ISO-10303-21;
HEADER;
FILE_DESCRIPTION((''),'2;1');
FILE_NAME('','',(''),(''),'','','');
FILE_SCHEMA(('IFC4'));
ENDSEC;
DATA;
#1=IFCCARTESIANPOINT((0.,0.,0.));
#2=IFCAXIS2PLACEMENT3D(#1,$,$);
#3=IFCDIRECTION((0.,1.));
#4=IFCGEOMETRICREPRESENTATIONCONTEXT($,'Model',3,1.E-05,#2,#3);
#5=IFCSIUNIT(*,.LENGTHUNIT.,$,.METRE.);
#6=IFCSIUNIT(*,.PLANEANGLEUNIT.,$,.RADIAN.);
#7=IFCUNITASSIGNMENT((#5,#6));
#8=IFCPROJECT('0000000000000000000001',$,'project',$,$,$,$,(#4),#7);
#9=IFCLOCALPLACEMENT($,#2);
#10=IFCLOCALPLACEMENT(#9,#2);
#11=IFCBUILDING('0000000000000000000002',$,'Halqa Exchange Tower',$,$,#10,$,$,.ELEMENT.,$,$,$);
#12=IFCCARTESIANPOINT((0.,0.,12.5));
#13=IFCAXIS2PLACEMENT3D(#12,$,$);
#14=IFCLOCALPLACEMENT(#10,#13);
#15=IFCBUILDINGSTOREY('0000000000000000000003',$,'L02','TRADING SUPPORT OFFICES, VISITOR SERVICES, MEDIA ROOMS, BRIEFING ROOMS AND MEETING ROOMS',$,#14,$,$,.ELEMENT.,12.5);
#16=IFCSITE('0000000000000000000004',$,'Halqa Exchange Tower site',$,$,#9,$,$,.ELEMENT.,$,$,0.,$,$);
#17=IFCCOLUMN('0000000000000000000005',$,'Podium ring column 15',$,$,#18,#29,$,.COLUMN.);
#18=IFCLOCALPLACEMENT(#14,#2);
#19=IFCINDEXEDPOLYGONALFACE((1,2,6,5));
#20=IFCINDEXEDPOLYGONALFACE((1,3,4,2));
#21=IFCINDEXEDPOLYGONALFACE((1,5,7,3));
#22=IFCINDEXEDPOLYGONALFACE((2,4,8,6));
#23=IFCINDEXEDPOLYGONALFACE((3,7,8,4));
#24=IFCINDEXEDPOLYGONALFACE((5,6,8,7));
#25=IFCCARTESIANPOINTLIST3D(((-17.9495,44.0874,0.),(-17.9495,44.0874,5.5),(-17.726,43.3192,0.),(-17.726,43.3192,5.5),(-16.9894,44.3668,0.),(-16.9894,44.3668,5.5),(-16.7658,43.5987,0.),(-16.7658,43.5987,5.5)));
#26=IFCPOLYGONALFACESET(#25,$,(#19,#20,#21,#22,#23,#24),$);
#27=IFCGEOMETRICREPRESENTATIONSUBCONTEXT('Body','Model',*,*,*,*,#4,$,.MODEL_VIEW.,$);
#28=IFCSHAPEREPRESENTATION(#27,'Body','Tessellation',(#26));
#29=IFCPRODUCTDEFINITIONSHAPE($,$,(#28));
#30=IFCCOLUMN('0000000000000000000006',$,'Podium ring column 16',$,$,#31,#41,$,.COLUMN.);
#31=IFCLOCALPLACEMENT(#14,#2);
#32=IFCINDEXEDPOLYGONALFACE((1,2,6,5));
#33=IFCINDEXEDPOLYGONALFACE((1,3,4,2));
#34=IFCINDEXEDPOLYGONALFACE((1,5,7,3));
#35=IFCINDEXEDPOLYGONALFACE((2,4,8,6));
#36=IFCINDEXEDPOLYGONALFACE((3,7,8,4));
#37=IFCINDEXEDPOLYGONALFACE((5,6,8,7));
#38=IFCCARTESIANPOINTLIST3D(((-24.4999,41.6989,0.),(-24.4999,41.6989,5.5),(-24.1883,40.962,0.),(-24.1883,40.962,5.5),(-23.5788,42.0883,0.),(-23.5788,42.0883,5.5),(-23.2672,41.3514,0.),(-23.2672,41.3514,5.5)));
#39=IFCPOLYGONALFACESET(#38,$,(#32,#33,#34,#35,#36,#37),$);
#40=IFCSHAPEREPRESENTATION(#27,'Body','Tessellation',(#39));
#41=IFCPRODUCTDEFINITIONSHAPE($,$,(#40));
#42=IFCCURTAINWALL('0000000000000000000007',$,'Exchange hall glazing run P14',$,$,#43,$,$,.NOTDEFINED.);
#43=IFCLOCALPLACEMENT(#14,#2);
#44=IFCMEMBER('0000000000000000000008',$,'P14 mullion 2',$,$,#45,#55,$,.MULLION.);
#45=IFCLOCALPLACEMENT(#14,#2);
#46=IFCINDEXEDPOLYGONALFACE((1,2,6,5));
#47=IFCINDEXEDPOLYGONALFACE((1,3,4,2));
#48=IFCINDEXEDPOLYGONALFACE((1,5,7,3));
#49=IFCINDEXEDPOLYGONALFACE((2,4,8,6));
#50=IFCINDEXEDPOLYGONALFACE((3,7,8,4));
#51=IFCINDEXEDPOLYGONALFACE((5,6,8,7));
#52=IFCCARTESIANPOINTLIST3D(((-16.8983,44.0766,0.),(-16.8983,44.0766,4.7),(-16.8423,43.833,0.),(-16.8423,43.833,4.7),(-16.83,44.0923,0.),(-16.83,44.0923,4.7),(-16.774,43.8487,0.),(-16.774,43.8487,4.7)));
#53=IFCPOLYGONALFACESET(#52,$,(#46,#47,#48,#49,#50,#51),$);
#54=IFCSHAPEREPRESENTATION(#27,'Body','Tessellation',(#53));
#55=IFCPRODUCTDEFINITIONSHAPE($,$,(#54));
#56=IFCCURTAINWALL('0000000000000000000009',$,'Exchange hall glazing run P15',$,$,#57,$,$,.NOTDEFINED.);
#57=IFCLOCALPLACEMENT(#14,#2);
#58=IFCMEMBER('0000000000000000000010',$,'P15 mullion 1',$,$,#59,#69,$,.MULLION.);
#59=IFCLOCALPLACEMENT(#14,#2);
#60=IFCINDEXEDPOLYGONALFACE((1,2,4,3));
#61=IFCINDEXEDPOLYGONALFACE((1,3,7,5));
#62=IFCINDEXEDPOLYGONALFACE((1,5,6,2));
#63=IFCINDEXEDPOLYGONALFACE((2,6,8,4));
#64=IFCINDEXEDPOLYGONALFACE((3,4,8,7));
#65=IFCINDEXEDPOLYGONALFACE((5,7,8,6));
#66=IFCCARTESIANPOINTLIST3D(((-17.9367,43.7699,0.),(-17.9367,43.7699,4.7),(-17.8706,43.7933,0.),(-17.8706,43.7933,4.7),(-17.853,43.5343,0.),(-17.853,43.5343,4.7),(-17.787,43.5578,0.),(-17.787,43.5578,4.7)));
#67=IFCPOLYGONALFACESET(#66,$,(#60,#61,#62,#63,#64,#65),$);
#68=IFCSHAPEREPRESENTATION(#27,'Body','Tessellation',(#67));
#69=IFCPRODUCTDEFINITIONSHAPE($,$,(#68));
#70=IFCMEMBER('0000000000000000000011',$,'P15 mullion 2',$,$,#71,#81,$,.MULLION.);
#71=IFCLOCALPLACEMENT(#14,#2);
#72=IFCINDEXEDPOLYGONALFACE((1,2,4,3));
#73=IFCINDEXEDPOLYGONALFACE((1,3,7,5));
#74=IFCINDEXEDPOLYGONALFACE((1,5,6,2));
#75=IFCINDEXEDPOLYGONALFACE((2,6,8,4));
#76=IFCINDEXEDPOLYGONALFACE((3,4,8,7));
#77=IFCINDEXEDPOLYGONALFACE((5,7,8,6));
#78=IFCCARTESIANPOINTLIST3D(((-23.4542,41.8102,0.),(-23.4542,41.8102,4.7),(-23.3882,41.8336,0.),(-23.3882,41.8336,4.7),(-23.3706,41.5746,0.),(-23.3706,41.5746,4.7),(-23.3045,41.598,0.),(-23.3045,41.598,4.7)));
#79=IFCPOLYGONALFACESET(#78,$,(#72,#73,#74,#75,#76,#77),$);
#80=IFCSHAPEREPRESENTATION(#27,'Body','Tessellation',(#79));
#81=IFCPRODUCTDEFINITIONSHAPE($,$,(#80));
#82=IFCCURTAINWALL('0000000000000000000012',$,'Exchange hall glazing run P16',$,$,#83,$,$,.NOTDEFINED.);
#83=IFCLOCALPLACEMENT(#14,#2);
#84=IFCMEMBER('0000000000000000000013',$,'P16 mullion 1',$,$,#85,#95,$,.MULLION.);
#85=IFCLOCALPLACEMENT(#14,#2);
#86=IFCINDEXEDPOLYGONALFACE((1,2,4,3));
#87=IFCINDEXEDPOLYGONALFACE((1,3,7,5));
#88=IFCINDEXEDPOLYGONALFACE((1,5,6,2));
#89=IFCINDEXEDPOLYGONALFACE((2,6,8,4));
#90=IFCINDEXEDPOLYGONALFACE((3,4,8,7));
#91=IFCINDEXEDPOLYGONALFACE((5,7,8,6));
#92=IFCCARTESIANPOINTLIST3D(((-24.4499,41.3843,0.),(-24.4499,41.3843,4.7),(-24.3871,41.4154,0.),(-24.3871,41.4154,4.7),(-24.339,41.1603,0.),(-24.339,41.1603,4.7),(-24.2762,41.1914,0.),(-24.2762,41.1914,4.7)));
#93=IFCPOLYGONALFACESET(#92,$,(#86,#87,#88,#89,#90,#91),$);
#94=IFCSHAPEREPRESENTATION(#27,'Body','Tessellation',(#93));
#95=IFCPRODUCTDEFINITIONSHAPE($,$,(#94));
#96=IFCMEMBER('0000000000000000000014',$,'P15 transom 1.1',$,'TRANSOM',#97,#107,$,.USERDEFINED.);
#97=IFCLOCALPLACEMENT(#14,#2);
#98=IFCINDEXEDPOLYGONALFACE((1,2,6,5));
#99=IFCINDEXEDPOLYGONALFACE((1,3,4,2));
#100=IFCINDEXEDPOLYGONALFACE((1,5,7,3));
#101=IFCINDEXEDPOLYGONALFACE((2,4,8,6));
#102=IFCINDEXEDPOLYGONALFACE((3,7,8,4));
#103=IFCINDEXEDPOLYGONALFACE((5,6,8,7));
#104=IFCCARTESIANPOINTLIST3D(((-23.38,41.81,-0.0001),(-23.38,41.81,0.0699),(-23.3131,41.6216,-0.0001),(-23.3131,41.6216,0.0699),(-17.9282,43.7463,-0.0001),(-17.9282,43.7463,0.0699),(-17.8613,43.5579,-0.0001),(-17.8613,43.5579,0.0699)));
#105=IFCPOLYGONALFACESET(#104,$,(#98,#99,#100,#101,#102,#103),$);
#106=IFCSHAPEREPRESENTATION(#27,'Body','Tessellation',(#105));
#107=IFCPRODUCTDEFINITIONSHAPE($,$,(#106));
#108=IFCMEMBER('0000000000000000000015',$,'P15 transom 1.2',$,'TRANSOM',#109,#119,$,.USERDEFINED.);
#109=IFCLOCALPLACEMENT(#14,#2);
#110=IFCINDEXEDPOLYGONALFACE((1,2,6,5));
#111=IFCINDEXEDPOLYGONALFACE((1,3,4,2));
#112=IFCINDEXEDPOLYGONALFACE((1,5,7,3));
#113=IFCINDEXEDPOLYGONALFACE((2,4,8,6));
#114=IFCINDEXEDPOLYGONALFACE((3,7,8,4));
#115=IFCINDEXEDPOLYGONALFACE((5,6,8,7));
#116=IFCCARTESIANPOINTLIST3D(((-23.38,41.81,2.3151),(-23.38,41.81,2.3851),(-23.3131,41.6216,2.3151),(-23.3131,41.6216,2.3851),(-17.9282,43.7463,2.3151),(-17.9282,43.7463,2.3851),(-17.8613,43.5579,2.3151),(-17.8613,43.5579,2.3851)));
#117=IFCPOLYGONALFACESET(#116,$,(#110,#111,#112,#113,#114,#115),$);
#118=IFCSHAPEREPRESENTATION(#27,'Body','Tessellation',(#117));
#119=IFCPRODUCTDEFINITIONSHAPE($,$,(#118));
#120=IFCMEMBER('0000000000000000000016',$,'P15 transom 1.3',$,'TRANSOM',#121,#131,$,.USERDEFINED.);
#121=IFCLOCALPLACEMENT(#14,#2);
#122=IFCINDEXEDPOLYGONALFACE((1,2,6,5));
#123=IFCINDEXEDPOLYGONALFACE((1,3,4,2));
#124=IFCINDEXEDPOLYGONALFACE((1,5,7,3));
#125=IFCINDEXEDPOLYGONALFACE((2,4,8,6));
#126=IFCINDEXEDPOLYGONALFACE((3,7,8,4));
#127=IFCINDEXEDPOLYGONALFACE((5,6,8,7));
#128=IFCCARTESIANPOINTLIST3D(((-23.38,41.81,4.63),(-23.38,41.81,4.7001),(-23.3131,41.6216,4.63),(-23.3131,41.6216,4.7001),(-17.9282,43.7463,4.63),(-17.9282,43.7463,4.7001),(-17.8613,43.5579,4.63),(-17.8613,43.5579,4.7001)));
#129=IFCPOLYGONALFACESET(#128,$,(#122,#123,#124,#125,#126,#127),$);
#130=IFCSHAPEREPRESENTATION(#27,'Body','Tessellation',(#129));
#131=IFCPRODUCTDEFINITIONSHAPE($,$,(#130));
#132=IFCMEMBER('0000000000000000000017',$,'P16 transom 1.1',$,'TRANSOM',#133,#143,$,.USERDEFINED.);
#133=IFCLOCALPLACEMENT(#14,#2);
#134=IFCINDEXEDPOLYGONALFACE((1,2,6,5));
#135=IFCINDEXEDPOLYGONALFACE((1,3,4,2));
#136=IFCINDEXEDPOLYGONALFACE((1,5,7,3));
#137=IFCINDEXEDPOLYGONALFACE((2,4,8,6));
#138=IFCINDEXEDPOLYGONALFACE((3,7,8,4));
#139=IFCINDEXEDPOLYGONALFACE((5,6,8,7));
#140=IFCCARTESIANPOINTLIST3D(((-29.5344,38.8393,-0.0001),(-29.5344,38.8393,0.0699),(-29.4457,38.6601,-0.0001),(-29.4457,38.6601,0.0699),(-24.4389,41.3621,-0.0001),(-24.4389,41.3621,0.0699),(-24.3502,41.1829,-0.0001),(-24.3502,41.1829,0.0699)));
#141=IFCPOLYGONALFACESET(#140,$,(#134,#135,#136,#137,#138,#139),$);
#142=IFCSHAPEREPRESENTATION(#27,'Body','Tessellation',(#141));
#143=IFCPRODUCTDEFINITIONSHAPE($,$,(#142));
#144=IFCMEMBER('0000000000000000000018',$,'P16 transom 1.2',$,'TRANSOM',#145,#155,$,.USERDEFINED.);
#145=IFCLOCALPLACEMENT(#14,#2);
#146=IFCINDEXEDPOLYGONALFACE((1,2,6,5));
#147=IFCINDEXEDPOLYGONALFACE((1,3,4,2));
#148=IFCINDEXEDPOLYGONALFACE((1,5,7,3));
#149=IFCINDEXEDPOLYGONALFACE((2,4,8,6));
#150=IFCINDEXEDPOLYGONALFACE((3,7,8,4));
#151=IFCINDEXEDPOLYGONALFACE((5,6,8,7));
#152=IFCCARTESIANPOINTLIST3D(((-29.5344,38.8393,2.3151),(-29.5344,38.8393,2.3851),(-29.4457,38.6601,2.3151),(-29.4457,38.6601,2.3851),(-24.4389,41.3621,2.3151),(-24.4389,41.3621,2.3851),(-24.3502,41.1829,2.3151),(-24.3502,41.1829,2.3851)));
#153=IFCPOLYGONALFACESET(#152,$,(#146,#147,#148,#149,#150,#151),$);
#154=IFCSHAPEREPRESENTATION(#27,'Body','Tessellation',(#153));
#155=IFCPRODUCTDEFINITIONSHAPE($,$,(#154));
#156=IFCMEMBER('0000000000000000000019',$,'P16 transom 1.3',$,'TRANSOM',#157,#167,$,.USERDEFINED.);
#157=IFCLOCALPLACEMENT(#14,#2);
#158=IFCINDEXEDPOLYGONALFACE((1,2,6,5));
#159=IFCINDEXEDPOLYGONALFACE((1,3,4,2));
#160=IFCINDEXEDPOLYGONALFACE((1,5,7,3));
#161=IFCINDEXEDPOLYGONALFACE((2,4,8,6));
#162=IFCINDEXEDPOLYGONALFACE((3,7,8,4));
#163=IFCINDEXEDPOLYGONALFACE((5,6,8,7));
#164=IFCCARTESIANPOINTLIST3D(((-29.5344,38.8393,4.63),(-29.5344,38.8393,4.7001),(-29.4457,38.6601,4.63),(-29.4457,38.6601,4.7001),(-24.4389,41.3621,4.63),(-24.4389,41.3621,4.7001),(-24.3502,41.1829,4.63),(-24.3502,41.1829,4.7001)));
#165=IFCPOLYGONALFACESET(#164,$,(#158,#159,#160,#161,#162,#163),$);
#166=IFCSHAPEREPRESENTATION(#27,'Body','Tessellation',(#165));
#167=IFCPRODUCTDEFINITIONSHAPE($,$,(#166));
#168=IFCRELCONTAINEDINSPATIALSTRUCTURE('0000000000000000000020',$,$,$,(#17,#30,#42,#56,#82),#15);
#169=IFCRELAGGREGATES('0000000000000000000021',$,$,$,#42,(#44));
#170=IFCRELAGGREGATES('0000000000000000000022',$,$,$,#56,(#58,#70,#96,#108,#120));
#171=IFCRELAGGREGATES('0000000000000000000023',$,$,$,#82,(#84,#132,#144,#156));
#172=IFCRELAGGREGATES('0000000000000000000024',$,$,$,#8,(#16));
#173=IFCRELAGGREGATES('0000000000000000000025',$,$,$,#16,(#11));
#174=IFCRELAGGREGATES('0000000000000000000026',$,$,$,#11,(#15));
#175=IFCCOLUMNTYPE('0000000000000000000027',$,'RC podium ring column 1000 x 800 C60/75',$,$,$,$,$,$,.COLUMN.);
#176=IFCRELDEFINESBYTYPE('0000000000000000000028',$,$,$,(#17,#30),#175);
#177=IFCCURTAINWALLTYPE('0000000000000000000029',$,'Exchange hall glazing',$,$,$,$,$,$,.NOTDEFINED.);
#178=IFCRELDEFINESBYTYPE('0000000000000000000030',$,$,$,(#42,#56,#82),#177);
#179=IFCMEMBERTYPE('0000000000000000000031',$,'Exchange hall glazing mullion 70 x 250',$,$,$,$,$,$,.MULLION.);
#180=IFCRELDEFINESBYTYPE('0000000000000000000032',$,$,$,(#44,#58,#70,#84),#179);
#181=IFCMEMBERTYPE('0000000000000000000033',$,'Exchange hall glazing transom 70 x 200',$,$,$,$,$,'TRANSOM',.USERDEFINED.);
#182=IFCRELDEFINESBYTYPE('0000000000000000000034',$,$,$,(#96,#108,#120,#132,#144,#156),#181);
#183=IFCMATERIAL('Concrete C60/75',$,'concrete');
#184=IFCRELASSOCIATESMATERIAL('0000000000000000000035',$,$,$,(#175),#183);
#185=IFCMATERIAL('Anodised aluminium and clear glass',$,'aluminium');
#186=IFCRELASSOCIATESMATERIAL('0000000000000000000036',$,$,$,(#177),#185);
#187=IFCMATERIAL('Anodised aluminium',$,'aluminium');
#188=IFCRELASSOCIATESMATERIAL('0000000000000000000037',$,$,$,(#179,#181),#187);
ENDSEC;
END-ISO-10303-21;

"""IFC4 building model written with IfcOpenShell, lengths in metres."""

from ifc_helpers import new_model, si_unit, direction, frame, origin, origin_2d, place, context, subcontext, project, spatial, rectangle, extrude, material, material_profile, profile_set, type_object, element, aggregate, save


model = new_model("IFC4")

# Units and contexts
model_context = context("Model", 3, precision=1e-05, world=origin(), true_north=direction((0.0, 1.0)))
body_context = subcontext(model_context, "Body", "Model", "MODEL_VIEW")
ifc_project = project(units=[si_unit("LENGTHUNIT", "METRE"), si_unit("PLANEANGLEUNIT", "RADIAN")], contexts=[model_context])

# Site, building, storey
site_placement = place(None, origin())
site = spatial("IfcSite", under=ifc_project, at=site_placement, Name="Halqa Exchange Tower site", CompositionType="ELEMENT", RefElevation=0.0)
building_placement = place(site_placement, origin())
building = spatial("IfcBuilding", under=site, at=building_placement, Name="Halqa Exchange Tower", CompositionType="ELEMENT")
storey_placement = place(building_placement, frame((0.0, 0.0, 12.5)))
storey = spatial("IfcBuildingStorey", under=building, at=storey_placement, Name="L02", Description="TRADING SUPPORT OFFICES, VISITOR SERVICES, MEDIA ROOMS, BRIEFING ROOMS AND MEETING ROOMS", CompositionType="ELEMENT", Elevation=12.5)

# Columns
ifc_material_1 = material(Name="Concrete C60/75", Category="concrete")
ifc_material_profile_1 = material_profile(ifc_material_1, rectangle(XDim=1.0, YDim=0.8, at=origin_2d()), Name="1000 x 800")
ifc_profile_set_1 = profile_set([ifc_material_profile_1], Name="Concrete C60/75")
column_type = type_object("IfcColumnType", Name="RC podium ring column 1000 x 800 C60/75", PredefinedType="COLUMN", material=ifc_profile_set_1)
for number, where, z_axis, x_axis, name in (
    (1, (-17.3577, 43.843, 0.0), (0.0, 0.0, 1.0), (-0.960158, -0.279459, 0.0), "Podium ring column 15"),
    (2, (-23.8835, 41.5251, 0.0), (0.0, 0.0, 1.0), (-0.921048, -0.389449, 0.0), "Podium ring column 16"),
):
    element("IfcColumn", number, at=place(storey_placement, frame(where, z_axis=z_axis, x_axis=x_axis)), inside=storey, type_object=column_type, Name=name, PredefinedType="COLUMN", context=body_context, shape_type="SweptSolid", body=[
        extrude(rectangle(XDim=1.0, YDim=0.8, at=origin_2d()), origin(), (0.0, 0.0, 1.0), 5.5),
    ])

# Curtain wall, member
ifc_material_2 = material(Name="Anodised aluminium and clear glass", Category="aluminium")
curtain_wall_type = type_object("IfcCurtainWallType", Name="Exchange hall glazing", PredefinedType="NOTDEFINED", material=ifc_material_2)
curtain_wall_1_placement = place(storey_placement, origin())
curtain_wall_1 = element("IfcCurtainWall", 3, at=curtain_wall_1_placement, inside=storey, type_object=curtain_wall_type, Name="Exchange hall glazing run P14", PredefinedType="NOTDEFINED")
ifc_material_3 = material(Name="Anodised aluminium", Category="aluminium")
ifc_material_profile_2 = material_profile(ifc_material_3, rectangle(XDim=0.25, YDim=0.0701, at=origin_2d()), Name="AL 70x250")
ifc_profile_set_2 = profile_set([ifc_material_profile_2], Name="Anodised aluminium")
member_type_1 = type_object("IfcMemberType", Name="Exchange hall glazing mullion 70 x 250", PredefinedType="MULLION", material=ifc_profile_set_2)
member_1_placement = place(storey_placement, frame((-16.8362, 43.9626, 0.0), z_axis=(0.0, 0.0, 1.0), x_axis=(0.223897, -0.974613, 0.0)))
member_1 = element("IfcMember", 4, at=member_1_placement, type_object=member_type_1, Name="P14 mullion 2", PredefinedType="MULLION", context=body_context, shape_type="SweptSolid", body=[
    extrude(rectangle(XDim=0.25, YDim=0.0701, at=origin_2d()), origin(), (0.0, 0.0, 1.0), 4.7),
])

# Curtain wall, members
curtain_wall_2_placement = place(storey_placement, origin())
curtain_wall_2 = element("IfcCurtainWall", 5, at=curtain_wall_2_placement, inside=storey, type_object=curtain_wall_type, Name="Exchange hall glazing run P15", PredefinedType="NOTDEFINED")
member_2_placement = place(storey_placement, frame((-17.8618, 43.6638, 0.0), z_axis=(0.0, 0.0, 1.0), x_axis=(0.334688, -0.942329, 0.0)))
member_2 = element("IfcMember", 6, at=member_2_placement, type_object=member_type_1, Name="P15 mullion 1", PredefinedType="MULLION", context=body_context, shape_type="SweptSolid", body=[
    extrude(rectangle(XDim=0.25, YDim=0.0701, at=origin_2d()), origin(), (0.0, 0.0, 1.0), 4.7),
])
member_3_placement = place(storey_placement, frame((-23.3794, 41.7041, 0.0), z_axis=(0.0, 0.0, 1.0), x_axis=(0.334688, -0.942329, 0.0)))
member_3 = element("IfcMember", 7, at=member_3_placement, type_object=member_type_1, Name="P15 mullion 2", PredefinedType="MULLION", context=body_context, shape_type="SweptSolid", body=[
    extrude(rectangle(XDim=0.25, YDim=0.0701, at=origin_2d()), origin(), (0.0, 0.0, 1.0), 4.7),
])

# Curtain wall, member
curtain_wall_3_placement = place(storey_placement, origin())
curtain_wall_3 = element("IfcCurtainWall", 8, at=curtain_wall_3_placement, inside=storey, type_object=curtain_wall_type, Name="Exchange hall glazing run P16", PredefinedType="NOTDEFINED")
member_4_placement = place(storey_placement, frame((-24.363, 41.2878, 0.0), z_axis=(0.0, 0.0, 1.0), x_axis=(0.443653, -0.896198, 0.0)))
member_4 = element("IfcMember", 9, at=member_4_placement, type_object=member_type_1, Name="P16 mullion 1", PredefinedType="MULLION", context=body_context, shape_type="SweptSolid", body=[
    extrude(rectangle(XDim=0.25, YDim=0.0701, at=origin_2d()), origin(), (0.0, 0.0, 1.0), 4.7),
])

# Members
ifc_material_profile_3 = material_profile(ifc_material_3, rectangle(XDim=0.2, YDim=0.0701, at=origin_2d()), Name="AL 70x200")
ifc_profile_set_3 = profile_set([ifc_material_profile_3], Name="Anodised aluminium")
member_type_2 = type_object("IfcMemberType", Name="Exchange hall glazing transom 70 x 200", ElementType="TRANSOM", PredefinedType="USERDEFINED", material=ifc_profile_set_3)
member_5_placement = place(storey_placement, frame((-17.8948, 43.6521, 0.0349), z_axis=(-0.942329, -0.334689, 0.0), x_axis=(0.334689, -0.942329, 0.0)))
member_5 = element("IfcMember", 10, at=member_5_placement, type_object=member_type_2, Name="P15 transom 1.1", ObjectType="TRANSOM", PredefinedType="USERDEFINED", context=body_context, shape_type="SweptSolid", body=[
    extrude(rectangle(XDim=0.2, YDim=0.0701, at=origin_2d()), origin(), (0.0, 0.0, 1.0), 5.7854),
])
member_6_placement = place(storey_placement, frame((-17.8948, 43.6521, 2.3501), z_axis=(-0.942329, -0.334689, 0.0), x_axis=(0.334689, -0.942329, 0.0)))
member_6 = element("IfcMember", 11, at=member_6_placement, type_object=member_type_2, Name="P15 transom 1.2", ObjectType="TRANSOM", PredefinedType="USERDEFINED", context=body_context, shape_type="SweptSolid", body=[
    extrude(rectangle(XDim=0.2, YDim=0.0701, at=origin_2d()), origin(), (0.0, 0.0, 1.0), 5.7854),
])
member_7_placement = place(storey_placement, frame((-17.8948, 43.6521, 4.665), z_axis=(-0.942329, -0.334689, 0.0), x_axis=(0.334689, -0.942329, 0.0)))
member_7 = element("IfcMember", 12, at=member_7_placement, type_object=member_type_2, Name="P15 transom 1.3", ObjectType="TRANSOM", PredefinedType="USERDEFINED", context=body_context, shape_type="SweptSolid", body=[
    extrude(rectangle(XDim=0.2, YDim=0.0701, at=origin_2d()), origin(), (0.0, 0.0, 1.0), 5.7854),
])
member_8_placement = place(storey_placement, frame((-24.3945, 41.2725, 0.0349), z_axis=(-0.896181, -0.443689, 0.0), x_axis=(0.443689, -0.896181, 0.0)))
member_8 = element("IfcMember", 13, at=member_8_placement, type_object=member_type_2, Name="P16 transom 1.1", ObjectType="TRANSOM", PredefinedType="USERDEFINED", context=body_context, shape_type="SweptSolid", body=[
    extrude(rectangle(XDim=0.2, YDim=0.0701, at=origin_2d()), origin(), (0.0, 0.0, 1.0), 5.6858),
])
member_9_placement = place(storey_placement, frame((-24.3945, 41.2725, 2.3501), z_axis=(-0.896181, -0.443689, 0.0), x_axis=(0.443689, -0.896181, 0.0)))
member_9 = element("IfcMember", 14, at=member_9_placement, type_object=member_type_2, Name="P16 transom 1.2", ObjectType="TRANSOM", PredefinedType="USERDEFINED", context=body_context, shape_type="SweptSolid", body=[
    extrude(rectangle(XDim=0.2, YDim=0.0701, at=origin_2d()), origin(), (0.0, 0.0, 1.0), 5.6858),
])
member_10_placement = place(storey_placement, frame((-24.3945, 41.2725, 4.665), z_axis=(-0.896181, -0.443689, 0.0), x_axis=(0.443689, -0.896181, 0.0)))
member_10 = element("IfcMember", 15, at=member_10_placement, type_object=member_type_2, Name="P16 transom 1.3", ObjectType="TRANSOM", PredefinedType="USERDEFINED", context=body_context, shape_type="SweptSolid", body=[
    extrude(rectangle(XDim=0.2, YDim=0.0701, at=origin_2d()), origin(), (0.0, 0.0, 1.0), 5.6858),
])

aggregate(curtain_wall_1, [member_1])
aggregate(curtain_wall_2, [member_2, member_3, member_5, member_6, member_7])
aggregate(curtain_wall_3, [member_4, member_8, member_9, member_10])

save(model, "model.ifc")
